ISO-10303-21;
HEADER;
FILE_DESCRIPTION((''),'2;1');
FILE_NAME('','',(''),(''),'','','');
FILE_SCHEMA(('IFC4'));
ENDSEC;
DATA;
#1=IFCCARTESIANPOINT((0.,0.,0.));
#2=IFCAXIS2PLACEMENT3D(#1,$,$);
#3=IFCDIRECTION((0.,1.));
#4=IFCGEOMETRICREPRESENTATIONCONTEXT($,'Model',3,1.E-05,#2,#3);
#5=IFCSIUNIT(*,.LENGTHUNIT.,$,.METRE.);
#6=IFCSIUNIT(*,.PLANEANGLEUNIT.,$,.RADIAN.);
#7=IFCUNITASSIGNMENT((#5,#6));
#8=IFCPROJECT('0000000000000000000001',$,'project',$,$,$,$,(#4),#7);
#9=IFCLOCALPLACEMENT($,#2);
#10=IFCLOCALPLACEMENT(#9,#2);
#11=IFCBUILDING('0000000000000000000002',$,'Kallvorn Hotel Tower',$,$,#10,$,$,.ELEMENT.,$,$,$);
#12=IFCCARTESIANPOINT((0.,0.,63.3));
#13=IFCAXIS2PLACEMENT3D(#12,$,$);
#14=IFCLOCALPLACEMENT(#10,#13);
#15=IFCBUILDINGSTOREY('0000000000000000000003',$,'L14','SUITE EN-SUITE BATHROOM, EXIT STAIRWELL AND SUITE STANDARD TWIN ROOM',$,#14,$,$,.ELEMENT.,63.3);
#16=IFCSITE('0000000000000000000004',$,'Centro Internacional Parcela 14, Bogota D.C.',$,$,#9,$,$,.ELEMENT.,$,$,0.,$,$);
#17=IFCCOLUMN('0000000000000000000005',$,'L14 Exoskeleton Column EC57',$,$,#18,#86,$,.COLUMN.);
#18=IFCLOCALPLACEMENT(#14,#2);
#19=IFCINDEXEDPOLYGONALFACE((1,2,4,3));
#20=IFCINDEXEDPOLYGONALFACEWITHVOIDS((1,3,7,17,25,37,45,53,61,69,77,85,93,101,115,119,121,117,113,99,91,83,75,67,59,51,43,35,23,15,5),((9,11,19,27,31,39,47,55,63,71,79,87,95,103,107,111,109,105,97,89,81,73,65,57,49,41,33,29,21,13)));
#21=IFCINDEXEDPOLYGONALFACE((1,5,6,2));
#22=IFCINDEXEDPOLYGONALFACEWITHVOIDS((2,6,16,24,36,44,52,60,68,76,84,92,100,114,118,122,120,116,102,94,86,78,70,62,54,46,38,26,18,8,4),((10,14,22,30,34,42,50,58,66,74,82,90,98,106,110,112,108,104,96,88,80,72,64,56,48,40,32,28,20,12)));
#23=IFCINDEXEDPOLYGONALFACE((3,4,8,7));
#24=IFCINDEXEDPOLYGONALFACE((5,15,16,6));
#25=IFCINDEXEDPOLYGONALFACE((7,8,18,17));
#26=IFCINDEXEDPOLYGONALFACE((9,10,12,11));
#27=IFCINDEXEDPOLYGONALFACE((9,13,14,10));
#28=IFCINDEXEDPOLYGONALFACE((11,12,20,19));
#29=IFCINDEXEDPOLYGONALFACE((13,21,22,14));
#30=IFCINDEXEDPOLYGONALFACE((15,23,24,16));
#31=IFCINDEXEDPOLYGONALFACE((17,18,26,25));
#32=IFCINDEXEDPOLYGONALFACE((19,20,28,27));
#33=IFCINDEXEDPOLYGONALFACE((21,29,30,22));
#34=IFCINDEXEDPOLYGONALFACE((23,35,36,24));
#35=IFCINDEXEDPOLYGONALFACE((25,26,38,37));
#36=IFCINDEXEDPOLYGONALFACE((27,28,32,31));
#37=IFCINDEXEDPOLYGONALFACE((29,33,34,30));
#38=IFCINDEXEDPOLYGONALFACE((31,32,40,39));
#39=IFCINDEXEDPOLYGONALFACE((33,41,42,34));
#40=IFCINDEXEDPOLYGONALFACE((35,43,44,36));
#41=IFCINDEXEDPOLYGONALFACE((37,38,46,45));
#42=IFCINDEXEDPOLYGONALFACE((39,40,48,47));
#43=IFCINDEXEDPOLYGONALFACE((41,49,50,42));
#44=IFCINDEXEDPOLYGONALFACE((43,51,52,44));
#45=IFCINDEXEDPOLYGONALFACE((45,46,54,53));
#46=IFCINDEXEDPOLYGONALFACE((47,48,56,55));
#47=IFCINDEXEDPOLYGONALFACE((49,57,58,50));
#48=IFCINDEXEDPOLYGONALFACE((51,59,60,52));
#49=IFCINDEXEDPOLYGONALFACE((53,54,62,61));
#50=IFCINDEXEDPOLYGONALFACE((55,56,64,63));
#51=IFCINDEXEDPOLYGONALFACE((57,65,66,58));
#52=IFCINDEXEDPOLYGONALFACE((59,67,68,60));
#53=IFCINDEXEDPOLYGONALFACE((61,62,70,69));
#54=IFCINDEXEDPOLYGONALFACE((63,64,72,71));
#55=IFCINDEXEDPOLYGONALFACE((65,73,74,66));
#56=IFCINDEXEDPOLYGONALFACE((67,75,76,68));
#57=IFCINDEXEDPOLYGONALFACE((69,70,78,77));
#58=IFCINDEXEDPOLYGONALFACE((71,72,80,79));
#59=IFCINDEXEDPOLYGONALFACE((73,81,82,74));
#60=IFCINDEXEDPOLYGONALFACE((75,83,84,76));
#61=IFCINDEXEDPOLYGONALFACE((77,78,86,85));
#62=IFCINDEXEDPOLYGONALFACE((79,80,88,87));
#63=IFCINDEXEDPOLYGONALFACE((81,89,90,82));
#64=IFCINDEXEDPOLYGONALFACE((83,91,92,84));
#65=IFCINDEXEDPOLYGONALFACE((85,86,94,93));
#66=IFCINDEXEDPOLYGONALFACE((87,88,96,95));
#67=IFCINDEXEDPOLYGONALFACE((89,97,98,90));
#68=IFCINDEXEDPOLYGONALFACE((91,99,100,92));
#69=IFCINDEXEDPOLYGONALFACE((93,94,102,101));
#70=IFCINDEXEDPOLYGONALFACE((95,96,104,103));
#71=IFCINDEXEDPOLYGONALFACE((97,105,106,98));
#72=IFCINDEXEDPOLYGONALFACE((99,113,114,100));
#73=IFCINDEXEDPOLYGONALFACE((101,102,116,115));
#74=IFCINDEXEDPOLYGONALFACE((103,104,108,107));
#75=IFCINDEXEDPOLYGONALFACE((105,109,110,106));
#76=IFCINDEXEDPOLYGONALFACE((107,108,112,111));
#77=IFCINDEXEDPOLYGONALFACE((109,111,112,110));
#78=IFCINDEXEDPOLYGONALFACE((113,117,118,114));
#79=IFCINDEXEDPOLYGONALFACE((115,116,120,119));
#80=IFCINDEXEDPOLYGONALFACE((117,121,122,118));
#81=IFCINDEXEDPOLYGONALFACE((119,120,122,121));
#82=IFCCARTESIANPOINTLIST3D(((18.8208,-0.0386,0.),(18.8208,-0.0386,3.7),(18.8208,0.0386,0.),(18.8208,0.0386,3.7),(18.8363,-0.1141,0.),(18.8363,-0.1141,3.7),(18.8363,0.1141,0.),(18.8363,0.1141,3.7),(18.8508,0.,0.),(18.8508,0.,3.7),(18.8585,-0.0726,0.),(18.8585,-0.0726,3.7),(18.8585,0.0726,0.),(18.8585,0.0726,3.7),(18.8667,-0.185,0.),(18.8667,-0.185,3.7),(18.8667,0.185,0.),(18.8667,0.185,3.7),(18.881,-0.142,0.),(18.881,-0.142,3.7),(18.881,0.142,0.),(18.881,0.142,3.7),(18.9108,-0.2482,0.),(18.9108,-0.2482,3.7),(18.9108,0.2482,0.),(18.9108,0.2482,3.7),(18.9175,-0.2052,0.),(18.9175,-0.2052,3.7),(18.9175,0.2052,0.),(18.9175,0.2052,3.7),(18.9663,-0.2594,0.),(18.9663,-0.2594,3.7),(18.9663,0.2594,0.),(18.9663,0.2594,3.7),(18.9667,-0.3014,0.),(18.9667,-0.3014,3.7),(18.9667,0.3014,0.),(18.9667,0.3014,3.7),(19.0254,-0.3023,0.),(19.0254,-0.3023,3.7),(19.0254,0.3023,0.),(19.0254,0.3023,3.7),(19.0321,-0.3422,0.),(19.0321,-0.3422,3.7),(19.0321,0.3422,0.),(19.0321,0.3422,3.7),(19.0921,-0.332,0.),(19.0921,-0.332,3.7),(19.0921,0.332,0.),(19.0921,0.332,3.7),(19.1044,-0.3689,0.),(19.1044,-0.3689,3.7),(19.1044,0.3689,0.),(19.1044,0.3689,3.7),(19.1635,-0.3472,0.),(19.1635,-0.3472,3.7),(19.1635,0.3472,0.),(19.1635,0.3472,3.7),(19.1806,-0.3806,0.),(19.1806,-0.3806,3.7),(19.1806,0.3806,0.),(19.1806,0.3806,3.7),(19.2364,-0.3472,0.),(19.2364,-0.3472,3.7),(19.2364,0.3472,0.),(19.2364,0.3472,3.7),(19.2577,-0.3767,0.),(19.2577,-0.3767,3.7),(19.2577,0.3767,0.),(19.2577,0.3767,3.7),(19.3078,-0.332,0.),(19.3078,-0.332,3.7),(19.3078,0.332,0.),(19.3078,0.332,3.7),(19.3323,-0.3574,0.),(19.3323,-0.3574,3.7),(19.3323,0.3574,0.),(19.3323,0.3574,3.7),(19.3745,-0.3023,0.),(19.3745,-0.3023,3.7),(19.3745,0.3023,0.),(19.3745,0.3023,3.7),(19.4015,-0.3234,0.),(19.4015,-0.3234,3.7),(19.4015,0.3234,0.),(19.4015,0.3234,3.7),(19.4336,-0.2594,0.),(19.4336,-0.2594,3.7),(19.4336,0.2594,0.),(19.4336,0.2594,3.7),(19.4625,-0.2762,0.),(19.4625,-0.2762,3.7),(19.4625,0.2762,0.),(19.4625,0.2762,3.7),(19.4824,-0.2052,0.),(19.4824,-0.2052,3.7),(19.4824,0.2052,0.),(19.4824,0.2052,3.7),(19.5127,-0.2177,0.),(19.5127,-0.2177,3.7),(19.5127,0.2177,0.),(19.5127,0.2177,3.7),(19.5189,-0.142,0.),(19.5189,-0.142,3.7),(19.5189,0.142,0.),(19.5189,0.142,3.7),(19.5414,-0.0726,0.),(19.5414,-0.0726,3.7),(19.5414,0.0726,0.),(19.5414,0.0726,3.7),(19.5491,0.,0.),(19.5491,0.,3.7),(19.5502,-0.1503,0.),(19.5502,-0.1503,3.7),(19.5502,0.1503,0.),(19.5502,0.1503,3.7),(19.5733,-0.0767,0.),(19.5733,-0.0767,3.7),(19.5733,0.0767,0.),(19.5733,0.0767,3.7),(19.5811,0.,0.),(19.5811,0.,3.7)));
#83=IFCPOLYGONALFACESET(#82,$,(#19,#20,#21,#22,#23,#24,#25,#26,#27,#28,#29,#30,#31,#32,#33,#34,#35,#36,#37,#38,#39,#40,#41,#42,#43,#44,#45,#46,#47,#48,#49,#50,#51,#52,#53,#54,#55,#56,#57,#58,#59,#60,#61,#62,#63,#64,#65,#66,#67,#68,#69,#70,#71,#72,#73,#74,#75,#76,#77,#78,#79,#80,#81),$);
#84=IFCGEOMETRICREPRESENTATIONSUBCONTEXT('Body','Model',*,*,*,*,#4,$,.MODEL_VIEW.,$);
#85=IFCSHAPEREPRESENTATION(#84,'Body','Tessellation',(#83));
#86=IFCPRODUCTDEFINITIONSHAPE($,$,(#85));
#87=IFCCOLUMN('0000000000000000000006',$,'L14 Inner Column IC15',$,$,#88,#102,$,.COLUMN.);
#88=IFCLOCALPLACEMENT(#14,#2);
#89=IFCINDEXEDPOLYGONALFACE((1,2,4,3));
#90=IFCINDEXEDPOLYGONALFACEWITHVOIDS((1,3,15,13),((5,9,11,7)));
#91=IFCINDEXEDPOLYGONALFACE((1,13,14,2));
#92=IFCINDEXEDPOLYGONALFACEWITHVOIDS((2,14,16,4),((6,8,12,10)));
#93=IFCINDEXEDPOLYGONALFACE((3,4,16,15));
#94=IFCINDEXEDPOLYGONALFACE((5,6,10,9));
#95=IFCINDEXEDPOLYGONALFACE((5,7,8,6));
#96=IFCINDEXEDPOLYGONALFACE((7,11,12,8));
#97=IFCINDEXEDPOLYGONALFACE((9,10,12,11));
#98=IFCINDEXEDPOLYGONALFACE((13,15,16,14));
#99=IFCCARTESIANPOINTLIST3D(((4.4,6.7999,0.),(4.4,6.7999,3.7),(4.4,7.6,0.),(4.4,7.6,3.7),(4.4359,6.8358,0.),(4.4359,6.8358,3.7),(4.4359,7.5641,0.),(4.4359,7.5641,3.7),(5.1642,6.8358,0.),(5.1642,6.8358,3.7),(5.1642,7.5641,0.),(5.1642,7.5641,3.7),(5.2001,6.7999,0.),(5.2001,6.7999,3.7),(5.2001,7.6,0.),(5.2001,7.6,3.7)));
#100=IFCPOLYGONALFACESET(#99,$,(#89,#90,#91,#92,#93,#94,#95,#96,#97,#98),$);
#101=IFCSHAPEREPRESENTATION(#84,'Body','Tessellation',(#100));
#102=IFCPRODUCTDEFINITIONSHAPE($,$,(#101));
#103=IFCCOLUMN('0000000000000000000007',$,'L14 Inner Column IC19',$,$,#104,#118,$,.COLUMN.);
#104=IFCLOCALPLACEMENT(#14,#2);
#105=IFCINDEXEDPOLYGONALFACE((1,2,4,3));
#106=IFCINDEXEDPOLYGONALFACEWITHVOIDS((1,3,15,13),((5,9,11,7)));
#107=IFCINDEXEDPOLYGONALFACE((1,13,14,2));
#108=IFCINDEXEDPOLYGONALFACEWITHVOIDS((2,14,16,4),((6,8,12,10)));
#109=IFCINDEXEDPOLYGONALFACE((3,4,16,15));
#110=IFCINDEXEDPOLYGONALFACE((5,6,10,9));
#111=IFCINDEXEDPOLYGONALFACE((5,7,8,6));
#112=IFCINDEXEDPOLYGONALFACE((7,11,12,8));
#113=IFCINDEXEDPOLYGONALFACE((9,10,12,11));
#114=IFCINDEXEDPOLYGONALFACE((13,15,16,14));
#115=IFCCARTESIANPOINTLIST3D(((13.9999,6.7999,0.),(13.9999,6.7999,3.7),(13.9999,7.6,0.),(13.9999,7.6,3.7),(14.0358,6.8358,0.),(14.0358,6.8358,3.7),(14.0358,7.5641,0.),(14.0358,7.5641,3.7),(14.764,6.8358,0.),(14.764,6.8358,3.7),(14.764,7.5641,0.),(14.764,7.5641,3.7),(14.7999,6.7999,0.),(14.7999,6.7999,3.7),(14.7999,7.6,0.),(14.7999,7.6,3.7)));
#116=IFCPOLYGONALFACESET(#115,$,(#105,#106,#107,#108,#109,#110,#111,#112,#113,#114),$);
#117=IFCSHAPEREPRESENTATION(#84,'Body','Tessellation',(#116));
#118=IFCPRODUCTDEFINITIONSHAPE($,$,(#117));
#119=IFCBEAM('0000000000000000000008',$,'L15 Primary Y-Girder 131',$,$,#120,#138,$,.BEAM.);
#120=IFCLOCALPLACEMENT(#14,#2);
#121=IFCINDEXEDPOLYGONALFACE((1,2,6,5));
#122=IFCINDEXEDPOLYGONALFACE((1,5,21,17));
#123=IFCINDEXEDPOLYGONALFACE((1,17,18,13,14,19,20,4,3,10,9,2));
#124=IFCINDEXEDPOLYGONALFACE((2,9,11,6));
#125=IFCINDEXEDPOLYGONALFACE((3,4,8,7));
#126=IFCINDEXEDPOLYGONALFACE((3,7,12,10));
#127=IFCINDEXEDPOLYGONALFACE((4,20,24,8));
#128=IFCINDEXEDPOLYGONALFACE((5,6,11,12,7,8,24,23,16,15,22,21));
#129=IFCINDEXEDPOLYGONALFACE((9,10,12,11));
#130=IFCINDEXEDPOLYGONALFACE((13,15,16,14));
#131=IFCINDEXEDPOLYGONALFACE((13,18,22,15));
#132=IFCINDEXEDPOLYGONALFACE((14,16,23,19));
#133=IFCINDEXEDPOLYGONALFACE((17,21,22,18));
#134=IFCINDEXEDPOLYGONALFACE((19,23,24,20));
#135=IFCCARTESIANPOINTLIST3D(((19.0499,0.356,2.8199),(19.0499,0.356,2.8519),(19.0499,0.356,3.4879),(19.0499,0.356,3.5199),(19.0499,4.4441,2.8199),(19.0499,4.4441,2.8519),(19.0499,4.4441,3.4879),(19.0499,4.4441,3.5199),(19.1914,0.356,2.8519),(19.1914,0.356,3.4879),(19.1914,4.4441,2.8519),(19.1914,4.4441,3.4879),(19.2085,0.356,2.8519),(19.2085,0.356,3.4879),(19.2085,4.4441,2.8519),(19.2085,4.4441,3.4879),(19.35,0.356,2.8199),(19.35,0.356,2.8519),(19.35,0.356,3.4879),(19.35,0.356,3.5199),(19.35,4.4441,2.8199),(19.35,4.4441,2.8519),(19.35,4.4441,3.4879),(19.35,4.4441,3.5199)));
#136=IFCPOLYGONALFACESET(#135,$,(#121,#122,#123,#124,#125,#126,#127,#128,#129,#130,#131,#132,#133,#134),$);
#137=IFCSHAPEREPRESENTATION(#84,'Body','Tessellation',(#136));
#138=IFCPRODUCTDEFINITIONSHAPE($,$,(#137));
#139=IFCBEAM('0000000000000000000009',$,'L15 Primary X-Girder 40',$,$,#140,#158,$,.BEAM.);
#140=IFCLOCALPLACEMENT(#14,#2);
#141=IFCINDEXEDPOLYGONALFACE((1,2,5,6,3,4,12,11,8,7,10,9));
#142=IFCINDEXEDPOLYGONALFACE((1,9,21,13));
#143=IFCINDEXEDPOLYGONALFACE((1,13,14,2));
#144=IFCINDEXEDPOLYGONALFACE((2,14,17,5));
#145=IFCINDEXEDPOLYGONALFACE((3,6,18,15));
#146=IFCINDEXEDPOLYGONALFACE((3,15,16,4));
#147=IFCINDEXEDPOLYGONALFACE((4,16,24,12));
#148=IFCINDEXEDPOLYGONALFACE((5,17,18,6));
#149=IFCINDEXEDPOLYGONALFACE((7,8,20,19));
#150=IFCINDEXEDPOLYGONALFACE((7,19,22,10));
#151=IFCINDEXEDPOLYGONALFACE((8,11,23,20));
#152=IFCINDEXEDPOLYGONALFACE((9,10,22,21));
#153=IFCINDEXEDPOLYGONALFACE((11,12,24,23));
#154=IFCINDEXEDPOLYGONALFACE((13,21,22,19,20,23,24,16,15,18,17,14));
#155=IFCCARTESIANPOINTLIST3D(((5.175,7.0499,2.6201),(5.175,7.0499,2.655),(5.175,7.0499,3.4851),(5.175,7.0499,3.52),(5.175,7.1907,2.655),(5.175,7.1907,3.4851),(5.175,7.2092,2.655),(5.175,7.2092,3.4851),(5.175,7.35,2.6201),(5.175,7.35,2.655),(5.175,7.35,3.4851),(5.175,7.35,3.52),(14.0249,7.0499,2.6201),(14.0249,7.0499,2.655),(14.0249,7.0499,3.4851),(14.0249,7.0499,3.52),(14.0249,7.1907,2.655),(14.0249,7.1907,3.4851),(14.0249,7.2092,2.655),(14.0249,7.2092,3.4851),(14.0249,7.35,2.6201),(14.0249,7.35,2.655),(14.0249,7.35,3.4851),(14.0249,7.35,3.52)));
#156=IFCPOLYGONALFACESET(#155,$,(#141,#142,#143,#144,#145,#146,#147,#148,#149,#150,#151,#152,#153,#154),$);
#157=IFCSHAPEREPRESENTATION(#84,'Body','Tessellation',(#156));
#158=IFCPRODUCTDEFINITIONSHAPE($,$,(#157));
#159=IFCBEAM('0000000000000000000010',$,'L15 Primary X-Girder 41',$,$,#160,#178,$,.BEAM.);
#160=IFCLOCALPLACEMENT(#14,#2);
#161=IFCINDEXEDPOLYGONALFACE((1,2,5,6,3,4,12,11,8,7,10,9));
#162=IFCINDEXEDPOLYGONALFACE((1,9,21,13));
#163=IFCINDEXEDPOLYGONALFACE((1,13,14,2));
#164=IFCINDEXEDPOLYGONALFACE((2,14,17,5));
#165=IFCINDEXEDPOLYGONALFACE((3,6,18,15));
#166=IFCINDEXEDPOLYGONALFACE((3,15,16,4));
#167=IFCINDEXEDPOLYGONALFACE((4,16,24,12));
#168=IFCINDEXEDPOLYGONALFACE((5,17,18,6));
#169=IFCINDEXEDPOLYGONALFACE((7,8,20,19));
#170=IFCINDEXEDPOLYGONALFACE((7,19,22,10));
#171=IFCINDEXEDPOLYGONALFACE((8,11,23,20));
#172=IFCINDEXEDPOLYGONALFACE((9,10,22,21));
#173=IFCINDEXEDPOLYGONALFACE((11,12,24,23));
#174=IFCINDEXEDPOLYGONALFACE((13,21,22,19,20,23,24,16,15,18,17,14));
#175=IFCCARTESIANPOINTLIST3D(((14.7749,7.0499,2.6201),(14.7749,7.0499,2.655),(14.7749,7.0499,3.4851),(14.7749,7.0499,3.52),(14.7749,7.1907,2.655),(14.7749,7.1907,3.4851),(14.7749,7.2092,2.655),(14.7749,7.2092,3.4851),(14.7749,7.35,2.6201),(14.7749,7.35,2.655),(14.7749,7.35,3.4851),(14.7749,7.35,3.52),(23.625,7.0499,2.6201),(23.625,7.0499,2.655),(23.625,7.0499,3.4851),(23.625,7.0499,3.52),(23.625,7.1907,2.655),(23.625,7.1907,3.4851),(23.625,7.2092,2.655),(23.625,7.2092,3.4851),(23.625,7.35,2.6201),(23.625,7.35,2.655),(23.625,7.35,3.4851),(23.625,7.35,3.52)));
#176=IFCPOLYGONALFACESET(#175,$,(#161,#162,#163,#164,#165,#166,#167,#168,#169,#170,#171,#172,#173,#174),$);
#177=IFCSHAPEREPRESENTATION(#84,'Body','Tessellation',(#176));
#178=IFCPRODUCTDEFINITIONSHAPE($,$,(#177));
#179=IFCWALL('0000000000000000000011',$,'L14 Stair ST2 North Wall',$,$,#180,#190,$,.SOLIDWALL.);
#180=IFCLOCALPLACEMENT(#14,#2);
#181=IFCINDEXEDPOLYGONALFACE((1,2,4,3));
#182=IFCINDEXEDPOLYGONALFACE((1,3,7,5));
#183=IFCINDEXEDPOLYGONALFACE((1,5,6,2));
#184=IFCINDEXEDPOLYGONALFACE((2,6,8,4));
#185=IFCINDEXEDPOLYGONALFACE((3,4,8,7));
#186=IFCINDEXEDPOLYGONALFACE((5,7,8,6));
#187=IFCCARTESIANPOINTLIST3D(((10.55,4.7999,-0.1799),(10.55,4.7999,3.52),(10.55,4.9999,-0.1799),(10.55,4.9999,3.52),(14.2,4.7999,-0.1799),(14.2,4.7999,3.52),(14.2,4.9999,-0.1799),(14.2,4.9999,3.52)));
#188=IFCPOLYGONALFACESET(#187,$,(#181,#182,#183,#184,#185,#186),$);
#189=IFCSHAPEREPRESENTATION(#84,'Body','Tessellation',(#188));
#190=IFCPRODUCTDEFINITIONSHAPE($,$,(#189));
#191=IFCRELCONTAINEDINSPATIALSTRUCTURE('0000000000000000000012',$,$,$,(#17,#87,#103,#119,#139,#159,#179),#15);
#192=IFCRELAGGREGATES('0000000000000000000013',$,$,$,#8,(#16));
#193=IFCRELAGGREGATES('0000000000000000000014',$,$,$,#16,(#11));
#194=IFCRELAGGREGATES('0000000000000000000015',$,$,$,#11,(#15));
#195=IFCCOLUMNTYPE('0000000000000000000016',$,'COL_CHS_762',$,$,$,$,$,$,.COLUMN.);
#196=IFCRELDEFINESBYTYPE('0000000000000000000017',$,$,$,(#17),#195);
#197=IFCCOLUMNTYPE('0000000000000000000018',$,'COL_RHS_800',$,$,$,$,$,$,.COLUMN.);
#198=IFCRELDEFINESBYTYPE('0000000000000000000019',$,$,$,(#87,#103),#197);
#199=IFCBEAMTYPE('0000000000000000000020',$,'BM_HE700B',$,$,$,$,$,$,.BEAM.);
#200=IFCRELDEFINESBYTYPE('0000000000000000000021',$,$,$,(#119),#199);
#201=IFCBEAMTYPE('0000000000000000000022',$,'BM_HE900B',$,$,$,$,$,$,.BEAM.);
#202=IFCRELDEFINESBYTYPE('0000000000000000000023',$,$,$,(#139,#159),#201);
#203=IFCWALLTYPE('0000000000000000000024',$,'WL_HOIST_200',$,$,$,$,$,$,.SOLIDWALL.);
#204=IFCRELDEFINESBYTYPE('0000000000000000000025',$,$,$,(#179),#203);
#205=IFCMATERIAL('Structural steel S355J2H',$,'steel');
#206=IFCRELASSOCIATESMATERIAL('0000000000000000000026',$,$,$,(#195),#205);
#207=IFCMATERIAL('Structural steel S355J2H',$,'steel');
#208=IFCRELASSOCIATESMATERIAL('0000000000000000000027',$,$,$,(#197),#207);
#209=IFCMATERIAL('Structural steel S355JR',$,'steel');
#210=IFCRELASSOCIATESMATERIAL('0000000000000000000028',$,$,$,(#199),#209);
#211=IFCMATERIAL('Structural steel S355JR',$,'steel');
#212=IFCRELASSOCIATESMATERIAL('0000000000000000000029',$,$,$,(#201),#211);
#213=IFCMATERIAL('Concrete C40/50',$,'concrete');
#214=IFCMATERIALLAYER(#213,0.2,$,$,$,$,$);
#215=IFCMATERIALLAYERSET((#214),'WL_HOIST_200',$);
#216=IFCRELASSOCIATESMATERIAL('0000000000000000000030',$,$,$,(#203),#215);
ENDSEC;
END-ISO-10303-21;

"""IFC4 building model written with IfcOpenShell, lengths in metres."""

from ifc_helpers import new_model, si_unit, direction, frame, frame_2d, origin, origin_2d, place, context, subcontext, project, spatial, rectangle, hollow_rectangle, hollow_circle, i_section, extrude, material, layer, layer_set, material_profile, profile_set, type_object, element, save


model = new_model("IFC4")

# Units and contexts
model_context = context("Model", 3, precision=1e-05, world=origin(), true_north=direction((0.0, 1.0)))
body_context = subcontext(model_context, "Body", "Model", "MODEL_VIEW")
ifc_project = project(units=[si_unit("LENGTHUNIT", "METRE"), si_unit("PLANEANGLEUNIT", "RADIAN")], contexts=[model_context])

# Site, building, storey
site_placement = place(None, origin())
site = spatial("IfcSite", under=ifc_project, at=site_placement, Name="Centro Internacional Parcela 14, Bogota D.C.", CompositionType="ELEMENT", RefElevation=0.0)
building_placement = place(site_placement, origin())
building = spatial("IfcBuilding", under=site, at=building_placement, Name="Kallvorn Hotel Tower", CompositionType="ELEMENT")
storey_placement = place(building_placement, frame((0.0, 0.0, 63.3)))
storey = spatial("IfcBuildingStorey", under=building, at=storey_placement, Name="L14", Description="SUITE EN-SUITE BATHROOM, EXIT STAIRWELL AND SUITE STANDARD TWIN ROOM", CompositionType="ELEMENT", Elevation=63.3)

# Columns
ifc_material_1 = material(Name="Structural steel S355J2H", Category="steel")
ifc_material_profile_1 = material_profile(ifc_material_1, hollow_circle(Radius=0.3811, WallThickness=0.032, at=origin_2d()), Name="CHS 762x32")
ifc_profile_set_1 = profile_set([ifc_material_profile_1], Name="Structural steel S355J2H")
column_type_1 = type_object("IfcColumnType", Name="COL_CHS_762", PredefinedType="COLUMN", material=ifc_profile_set_1)
column_placement = place(storey_placement, frame((19.2, 0.0, 0.0), z_axis=(0.0, 0.0, 1.0), x_axis=(1.0, 0.0, 0.0)))
element("IfcColumn", 1, at=column_placement, inside=storey, type_object=column_type_1, Name="L14 Exoskeleton Column EC57", PredefinedType="COLUMN", context=body_context, shape_type="SweptSolid", body=[
    extrude(hollow_circle(Radius=0.3811, WallThickness=0.032, at=origin_2d()), origin(), (0.0, 0.0, 1.0), 3.7),
])
ifc_material_2 = material(Name="Structural steel S355J2H", Category="steel")
ifc_material_profile_2 = material_profile(ifc_material_2, hollow_rectangle(XDim=0.8, YDim=0.8, WallThickness=0.0359, at=origin_2d()), Name="RHS 800x800x36")
ifc_profile_set_2 = profile_set([ifc_material_profile_2], Name="Structural steel S355J2H")
column_type_2 = type_object("IfcColumnType", Name="COL_RHS_800", PredefinedType="COLUMN", material=ifc_profile_set_2)
for number, where, z_axis, x_axis, name in (
    (2, (4.8, 7.2, 0.0), (0.0, 0.0, 1.0), (1.0, 0.0, 0.0), "L14 Inner Column IC15"),
    (3, (14.3999, 7.2, 0.0), (0.0, 0.0, 1.0), (1.0, 0.0, 0.0), "L14 Inner Column IC19"),
):
    element("IfcColumn", number, at=place(storey_placement, frame(where, z_axis=z_axis, x_axis=x_axis)), inside=storey, type_object=column_type_2, Name=name, PredefinedType="COLUMN", context=body_context, shape_type="SweptSolid", body=[
        extrude(hollow_rectangle(XDim=0.8, YDim=0.8, WallThickness=0.0359, at=origin_2d()), origin(), (0.0, 0.0, 1.0), 3.7),
    ])

# Beams
ifc_material_3 = material(Name="Structural steel S355JR", Category="steel")
ifc_material_profile_3 = material_profile(ifc_material_3, i_section(OverallWidth=0.3, OverallDepth=0.7, WebThickness=0.0171, FlangeThickness=0.032, at=origin_2d()), Name="HE 700 B")
ifc_profile_set_3 = profile_set([ifc_material_profile_3], Name="Structural steel S355JR")
beam_type_1 = type_object("IfcBeamType", Name="BM_HE700B", PredefinedType="BEAM", material=ifc_profile_set_3)
beam_1_placement = place(storey_placement, frame((19.2, 0.356, 3.1699), z_axis=(0.0, 1.0, 0.0), x_axis=(-1.0, 0.0, 0.0)))
element("IfcBeam", 4, at=beam_1_placement, inside=storey, type_object=beam_type_1, Name="L15 Primary Y-Girder 131", PredefinedType="BEAM", context=body_context, shape_type="SweptSolid", body=[
    extrude(i_section(OverallWidth=0.3, OverallDepth=0.7, WebThickness=0.0171, FlangeThickness=0.032, at=origin_2d()), origin(), (0.0, 0.0, 1.0), 4.0881),
])
ifc_material_4 = material(Name="Structural steel S355JR", Category="steel")
ifc_material_profile_4 = material_profile(ifc_material_4, i_section(OverallWidth=0.3, OverallDepth=0.8999, WebThickness=0.0186, FlangeThickness=0.0349, at=origin_2d()), Name="HE 900 B")
ifc_profile_set_4 = profile_set([ifc_material_profile_4], Name="Structural steel S355JR")
beam_type_2 = type_object("IfcBeamType", Name="BM_HE900B", PredefinedType="BEAM", material=ifc_profile_set_4)
beam_2_placement = place(storey_placement, frame((5.175, 7.2, 3.0701), z_axis=(1.0, 0.0, 0.0), x_axis=(0.0, 1.0, 0.0)))
element("IfcBeam", 5, at=beam_2_placement, inside=storey, type_object=beam_type_2, Name="L15 Primary X-Girder 40", PredefinedType="BEAM", context=body_context, shape_type="SweptSolid", body=[
    extrude(i_section(OverallWidth=0.3, OverallDepth=0.8999, WebThickness=0.0186, FlangeThickness=0.0349, at=origin_2d()), origin(), (0.0, 0.0, 1.0), 8.8499),
])
beam_3_placement = place(storey_placement, frame((14.7749, 7.2, 3.0701), z_axis=(1.0, 0.0, 0.0), x_axis=(0.0, 1.0, 0.0)))
element("IfcBeam", 6, at=beam_3_placement, inside=storey, type_object=beam_type_2, Name="L15 Primary X-Girder 41", PredefinedType="BEAM", context=body_context, shape_type="SweptSolid", body=[
    extrude(i_section(OverallWidth=0.3, OverallDepth=0.8999, WebThickness=0.0186, FlangeThickness=0.0349, at=origin_2d()), origin(), (0.0, 0.0, 1.0), 8.8501),
])

# Wall
ifc_material_5 = material(Name="Concrete C40/50", Category="concrete")
ifc_layer_1 = layer(ifc_material_5, 0.2)
ifc_layer_set_1 = layer_set([ifc_layer_1], Name="WL_HOIST_200")
wall_type_1 = type_object("IfcWallType", Name="WL_HOIST_200", PredefinedType="SOLIDWALL", material=ifc_layer_set_1)
wall_1_placement = place(storey_placement, frame((10.55, 4.8999, -0.1799), z_axis=(0.0, 0.0, 1.0), x_axis=(1.0, 0.0, 0.0)))
element("IfcWall", 7, at=wall_1_placement, inside=storey, type_object=wall_type_1, Name="L14 Stair ST2 North Wall", PredefinedType="SOLIDWALL", context=body_context, shape_type="SweptSolid", body=[
    extrude(rectangle(XDim=3.6499, YDim=0.2, at=frame_2d((1.825, 0.0))), origin(), (0.0, 0.0, 1.0), 3.7),
])

save(model, "model.ifc")
